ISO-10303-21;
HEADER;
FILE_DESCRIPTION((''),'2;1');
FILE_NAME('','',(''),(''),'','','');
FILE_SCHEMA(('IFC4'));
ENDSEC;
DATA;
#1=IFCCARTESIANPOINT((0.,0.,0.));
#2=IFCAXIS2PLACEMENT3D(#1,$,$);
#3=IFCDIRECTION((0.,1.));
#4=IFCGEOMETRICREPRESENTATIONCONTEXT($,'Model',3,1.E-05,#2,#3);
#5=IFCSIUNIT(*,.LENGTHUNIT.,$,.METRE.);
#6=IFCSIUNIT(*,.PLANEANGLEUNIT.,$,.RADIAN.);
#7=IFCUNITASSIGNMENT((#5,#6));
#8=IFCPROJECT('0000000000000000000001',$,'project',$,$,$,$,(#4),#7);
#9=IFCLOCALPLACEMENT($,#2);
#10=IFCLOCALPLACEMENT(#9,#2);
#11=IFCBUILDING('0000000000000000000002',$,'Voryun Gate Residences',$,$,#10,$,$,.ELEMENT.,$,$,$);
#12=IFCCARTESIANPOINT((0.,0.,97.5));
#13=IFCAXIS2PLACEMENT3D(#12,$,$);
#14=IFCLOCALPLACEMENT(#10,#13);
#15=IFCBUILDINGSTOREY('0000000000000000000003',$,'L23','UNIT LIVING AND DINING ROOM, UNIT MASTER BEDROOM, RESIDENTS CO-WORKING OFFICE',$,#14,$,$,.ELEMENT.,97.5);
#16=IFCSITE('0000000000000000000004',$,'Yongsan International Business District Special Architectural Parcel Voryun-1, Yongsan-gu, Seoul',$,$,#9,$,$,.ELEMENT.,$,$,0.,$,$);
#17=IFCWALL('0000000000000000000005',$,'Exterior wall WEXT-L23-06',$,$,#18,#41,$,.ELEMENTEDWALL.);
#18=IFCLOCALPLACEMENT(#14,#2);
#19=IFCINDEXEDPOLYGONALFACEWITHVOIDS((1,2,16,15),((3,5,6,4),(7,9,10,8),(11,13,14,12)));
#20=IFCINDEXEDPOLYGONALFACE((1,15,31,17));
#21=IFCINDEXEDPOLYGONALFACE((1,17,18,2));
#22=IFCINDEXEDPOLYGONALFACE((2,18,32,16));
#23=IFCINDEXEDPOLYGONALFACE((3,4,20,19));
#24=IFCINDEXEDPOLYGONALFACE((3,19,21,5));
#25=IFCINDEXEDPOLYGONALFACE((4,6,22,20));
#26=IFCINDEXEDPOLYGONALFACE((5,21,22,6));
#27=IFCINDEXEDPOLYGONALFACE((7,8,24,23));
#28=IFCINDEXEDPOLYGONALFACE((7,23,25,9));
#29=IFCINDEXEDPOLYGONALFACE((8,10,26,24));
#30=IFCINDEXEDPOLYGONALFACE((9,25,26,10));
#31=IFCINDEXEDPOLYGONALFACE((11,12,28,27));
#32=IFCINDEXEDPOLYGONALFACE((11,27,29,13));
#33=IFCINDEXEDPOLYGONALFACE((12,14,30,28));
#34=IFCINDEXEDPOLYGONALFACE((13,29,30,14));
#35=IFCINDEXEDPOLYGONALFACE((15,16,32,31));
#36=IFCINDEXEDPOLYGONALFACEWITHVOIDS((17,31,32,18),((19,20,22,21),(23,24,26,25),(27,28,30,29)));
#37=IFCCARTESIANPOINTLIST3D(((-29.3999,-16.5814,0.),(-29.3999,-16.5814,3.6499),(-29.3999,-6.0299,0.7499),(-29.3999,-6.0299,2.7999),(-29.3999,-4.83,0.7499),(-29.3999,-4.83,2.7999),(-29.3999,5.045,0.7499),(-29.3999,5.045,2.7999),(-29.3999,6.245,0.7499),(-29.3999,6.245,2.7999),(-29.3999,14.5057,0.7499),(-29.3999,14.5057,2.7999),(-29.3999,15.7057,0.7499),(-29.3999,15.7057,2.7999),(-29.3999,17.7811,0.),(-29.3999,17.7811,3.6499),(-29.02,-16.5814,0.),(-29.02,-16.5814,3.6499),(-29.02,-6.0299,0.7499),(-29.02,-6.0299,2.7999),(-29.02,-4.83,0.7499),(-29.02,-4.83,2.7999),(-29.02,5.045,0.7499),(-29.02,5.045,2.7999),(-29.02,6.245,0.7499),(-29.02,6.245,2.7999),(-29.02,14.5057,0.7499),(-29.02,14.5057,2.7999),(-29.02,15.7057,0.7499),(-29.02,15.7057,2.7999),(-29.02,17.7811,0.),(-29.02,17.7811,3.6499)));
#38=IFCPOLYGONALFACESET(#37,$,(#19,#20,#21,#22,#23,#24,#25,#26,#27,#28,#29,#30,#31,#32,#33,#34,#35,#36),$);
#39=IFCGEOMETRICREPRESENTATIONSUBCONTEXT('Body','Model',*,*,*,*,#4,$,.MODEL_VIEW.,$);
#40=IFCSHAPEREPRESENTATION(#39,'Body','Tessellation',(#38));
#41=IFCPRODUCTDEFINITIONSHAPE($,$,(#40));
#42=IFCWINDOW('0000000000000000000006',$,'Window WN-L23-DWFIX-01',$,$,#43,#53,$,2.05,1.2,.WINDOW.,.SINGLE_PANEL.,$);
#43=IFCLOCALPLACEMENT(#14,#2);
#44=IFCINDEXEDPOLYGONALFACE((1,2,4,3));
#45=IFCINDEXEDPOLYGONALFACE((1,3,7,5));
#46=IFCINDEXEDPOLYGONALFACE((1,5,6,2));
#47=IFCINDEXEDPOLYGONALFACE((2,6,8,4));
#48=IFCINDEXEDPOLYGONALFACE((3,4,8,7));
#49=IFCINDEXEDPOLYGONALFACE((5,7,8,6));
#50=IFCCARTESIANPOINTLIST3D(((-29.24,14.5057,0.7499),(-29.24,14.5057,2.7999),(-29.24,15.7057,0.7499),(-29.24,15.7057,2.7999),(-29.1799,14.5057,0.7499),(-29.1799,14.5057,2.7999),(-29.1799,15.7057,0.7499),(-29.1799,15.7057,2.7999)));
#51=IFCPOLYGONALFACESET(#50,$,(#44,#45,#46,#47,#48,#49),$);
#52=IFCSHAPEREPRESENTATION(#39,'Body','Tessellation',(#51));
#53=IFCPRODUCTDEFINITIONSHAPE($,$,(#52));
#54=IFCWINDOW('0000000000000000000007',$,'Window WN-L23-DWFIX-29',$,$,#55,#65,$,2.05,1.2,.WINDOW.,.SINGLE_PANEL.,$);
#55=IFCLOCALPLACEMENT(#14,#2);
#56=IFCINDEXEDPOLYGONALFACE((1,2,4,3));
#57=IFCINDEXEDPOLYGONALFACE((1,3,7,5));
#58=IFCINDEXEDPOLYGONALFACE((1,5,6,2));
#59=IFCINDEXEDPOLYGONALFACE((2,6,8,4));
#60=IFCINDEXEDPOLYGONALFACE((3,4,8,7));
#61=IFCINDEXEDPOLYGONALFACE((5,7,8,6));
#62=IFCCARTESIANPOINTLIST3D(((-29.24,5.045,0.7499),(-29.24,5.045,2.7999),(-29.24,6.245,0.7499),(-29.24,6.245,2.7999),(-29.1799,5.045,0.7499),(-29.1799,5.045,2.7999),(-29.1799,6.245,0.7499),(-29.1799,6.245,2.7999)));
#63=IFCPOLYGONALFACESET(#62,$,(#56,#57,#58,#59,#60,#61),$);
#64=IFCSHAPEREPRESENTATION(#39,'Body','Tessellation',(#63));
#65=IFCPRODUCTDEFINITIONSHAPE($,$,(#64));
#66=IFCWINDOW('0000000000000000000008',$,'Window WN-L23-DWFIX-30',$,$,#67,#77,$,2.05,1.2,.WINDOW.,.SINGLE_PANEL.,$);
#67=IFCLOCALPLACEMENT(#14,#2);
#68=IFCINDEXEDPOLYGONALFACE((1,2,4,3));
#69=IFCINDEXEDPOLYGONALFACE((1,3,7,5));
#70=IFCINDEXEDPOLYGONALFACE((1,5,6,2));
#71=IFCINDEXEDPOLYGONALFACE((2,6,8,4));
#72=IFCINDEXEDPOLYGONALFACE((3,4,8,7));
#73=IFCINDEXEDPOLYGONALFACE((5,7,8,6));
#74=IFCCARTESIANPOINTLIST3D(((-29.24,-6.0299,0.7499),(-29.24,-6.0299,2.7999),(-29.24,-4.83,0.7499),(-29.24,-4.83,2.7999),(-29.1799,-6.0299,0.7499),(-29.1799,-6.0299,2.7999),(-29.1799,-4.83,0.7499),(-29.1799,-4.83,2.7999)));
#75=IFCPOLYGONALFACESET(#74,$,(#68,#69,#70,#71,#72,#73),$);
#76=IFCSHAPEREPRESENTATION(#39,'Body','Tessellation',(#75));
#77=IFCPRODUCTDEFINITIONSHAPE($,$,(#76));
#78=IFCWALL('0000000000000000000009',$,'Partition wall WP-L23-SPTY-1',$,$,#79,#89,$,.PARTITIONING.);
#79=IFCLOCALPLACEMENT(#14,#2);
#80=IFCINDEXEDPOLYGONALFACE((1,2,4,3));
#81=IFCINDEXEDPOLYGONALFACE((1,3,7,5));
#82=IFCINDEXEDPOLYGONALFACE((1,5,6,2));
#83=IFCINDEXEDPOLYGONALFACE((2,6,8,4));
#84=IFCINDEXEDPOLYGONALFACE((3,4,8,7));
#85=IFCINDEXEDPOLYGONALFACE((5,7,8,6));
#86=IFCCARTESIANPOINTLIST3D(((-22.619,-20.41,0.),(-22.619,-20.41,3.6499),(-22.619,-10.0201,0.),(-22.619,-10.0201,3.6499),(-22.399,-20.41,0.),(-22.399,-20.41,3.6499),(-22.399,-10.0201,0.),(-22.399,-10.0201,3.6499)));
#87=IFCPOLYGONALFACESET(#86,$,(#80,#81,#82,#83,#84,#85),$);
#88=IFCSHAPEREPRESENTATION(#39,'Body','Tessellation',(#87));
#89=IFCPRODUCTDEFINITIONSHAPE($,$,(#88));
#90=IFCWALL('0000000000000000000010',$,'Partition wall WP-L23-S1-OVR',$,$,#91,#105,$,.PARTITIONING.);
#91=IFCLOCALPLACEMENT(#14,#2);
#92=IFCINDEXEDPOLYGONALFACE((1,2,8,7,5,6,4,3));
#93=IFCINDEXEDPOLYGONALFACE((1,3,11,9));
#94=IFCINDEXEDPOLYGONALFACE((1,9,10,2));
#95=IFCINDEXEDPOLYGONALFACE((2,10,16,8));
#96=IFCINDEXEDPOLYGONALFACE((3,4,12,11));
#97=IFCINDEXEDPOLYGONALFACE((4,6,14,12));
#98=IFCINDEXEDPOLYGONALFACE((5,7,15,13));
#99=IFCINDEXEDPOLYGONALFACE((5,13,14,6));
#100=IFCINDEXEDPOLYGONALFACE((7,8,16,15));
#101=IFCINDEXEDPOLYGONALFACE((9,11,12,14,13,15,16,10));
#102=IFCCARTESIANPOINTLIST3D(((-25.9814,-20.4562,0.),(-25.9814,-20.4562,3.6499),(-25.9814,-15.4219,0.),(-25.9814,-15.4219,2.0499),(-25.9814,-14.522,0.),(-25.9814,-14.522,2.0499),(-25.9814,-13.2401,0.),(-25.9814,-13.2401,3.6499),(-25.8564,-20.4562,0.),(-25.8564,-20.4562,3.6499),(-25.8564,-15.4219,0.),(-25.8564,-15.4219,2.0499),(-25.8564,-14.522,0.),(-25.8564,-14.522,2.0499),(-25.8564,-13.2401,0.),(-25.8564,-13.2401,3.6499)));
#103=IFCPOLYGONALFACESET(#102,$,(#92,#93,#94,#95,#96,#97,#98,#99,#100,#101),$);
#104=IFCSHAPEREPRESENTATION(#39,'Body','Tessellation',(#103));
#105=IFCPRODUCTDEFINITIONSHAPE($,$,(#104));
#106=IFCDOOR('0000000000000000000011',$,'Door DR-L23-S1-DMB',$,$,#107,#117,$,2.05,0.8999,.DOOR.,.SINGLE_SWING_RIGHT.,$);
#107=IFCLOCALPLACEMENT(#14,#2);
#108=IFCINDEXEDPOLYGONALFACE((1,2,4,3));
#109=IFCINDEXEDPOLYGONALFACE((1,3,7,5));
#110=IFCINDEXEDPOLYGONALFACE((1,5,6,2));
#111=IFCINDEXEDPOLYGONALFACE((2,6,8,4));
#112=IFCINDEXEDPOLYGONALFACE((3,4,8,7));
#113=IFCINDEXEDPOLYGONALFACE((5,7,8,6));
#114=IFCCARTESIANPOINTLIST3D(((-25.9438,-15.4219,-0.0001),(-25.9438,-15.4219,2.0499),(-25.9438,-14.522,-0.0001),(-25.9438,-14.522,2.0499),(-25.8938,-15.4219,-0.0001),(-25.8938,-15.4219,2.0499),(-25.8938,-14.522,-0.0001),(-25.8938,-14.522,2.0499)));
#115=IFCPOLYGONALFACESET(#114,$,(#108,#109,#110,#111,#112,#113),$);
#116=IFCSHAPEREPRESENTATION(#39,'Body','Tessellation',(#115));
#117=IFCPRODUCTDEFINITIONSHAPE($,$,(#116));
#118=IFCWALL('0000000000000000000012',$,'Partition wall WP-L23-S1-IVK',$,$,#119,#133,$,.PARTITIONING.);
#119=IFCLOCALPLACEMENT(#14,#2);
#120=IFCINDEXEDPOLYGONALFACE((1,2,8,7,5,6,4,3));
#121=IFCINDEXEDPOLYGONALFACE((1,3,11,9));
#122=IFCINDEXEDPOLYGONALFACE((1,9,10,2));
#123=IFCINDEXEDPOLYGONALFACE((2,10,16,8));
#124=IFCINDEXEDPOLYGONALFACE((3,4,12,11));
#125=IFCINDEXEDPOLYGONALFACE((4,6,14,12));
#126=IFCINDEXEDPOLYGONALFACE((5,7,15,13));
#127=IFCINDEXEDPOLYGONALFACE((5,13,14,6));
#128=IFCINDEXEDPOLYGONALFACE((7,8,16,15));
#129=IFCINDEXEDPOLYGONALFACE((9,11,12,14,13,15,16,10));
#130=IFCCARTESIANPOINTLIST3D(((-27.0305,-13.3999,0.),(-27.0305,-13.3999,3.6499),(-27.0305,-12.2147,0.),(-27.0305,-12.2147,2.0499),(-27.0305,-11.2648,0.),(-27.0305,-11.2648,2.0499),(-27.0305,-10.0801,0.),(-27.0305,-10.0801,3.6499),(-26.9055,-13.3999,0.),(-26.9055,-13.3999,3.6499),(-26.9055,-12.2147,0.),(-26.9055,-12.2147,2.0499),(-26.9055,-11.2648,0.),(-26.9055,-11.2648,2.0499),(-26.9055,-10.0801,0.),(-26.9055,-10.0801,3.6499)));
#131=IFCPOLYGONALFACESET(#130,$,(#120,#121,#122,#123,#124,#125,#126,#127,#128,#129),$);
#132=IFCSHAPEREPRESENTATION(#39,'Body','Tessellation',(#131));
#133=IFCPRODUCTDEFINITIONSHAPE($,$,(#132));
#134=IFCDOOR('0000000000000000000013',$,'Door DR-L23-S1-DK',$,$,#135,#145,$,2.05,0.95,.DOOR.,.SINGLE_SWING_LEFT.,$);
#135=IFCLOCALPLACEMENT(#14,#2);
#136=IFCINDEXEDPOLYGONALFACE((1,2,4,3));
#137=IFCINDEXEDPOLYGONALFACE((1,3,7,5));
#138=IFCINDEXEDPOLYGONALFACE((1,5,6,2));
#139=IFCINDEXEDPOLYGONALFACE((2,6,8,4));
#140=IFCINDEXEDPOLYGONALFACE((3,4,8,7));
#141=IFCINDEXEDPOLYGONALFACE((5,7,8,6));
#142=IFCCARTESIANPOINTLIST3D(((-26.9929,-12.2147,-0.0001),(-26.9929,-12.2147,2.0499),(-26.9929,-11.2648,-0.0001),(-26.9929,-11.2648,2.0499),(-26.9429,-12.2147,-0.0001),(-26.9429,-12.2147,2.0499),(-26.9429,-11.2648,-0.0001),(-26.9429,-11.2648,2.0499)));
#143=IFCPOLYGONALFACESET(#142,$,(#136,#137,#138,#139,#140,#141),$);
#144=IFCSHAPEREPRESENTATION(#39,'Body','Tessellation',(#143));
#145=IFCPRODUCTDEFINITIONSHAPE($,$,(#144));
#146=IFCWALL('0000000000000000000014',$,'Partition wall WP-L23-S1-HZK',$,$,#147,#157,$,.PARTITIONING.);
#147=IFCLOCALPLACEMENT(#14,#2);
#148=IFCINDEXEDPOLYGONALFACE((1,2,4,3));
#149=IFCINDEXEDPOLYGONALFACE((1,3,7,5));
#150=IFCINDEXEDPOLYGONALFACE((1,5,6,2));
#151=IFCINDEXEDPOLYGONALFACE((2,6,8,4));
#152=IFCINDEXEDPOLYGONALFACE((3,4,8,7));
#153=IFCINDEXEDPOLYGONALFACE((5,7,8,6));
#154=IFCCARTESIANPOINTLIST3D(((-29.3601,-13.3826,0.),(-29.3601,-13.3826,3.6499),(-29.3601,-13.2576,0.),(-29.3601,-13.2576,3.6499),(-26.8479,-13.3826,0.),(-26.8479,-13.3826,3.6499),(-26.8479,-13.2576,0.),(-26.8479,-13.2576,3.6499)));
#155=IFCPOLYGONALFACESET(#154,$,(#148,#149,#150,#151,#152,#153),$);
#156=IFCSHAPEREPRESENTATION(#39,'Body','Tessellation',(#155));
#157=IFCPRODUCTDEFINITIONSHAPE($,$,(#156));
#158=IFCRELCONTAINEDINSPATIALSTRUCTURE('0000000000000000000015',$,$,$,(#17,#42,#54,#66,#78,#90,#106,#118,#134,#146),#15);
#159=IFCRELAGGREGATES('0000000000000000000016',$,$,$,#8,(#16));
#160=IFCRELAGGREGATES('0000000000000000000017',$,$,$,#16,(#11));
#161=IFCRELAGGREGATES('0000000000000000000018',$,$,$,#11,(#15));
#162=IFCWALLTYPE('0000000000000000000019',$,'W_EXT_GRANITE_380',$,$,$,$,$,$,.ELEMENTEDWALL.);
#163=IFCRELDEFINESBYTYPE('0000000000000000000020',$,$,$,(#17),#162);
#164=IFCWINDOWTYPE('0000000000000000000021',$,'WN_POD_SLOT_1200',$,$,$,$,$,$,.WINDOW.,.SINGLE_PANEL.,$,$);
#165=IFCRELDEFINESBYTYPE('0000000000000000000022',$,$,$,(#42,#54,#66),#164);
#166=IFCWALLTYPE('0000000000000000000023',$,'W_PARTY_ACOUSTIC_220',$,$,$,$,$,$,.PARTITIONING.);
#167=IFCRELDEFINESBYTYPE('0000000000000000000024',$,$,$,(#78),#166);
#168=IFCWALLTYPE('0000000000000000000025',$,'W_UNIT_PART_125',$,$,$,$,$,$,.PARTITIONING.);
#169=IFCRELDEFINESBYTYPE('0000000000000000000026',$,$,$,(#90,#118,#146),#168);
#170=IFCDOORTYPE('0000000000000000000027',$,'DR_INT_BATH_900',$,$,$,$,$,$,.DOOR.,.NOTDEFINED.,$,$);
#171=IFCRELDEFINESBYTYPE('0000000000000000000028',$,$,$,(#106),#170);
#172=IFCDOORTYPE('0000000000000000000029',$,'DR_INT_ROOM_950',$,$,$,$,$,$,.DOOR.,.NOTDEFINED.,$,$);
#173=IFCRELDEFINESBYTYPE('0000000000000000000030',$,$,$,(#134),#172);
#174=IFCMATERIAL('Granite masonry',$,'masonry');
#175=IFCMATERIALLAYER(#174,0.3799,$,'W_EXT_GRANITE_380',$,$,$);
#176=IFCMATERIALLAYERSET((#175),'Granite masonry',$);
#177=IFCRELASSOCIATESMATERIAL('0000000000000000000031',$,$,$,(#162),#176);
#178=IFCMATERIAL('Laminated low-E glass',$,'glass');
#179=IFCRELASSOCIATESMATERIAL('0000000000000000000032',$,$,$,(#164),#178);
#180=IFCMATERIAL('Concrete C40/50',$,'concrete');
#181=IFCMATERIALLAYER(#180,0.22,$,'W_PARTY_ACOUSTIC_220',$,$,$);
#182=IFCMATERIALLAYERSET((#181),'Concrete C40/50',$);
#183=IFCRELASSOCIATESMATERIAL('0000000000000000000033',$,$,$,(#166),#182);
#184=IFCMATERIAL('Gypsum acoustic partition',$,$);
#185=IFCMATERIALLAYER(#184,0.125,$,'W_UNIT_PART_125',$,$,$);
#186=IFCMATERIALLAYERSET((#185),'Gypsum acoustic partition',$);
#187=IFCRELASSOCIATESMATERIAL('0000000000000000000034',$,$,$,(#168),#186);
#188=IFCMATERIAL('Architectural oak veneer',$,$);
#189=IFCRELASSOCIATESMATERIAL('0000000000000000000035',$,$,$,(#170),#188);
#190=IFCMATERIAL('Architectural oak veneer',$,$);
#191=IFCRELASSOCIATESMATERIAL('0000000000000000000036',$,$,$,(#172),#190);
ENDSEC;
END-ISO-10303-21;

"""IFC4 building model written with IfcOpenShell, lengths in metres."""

from ifc_helpers import new_model, si_unit, direction, frame, frame_2d, origin, place, context, subcontext, project, spatial, rectangle, extrude, material, layer, layer_set, type_object, element, fill, save


model = new_model("IFC4")

# Units and contexts
model_context = context("Model", 3, precision=1e-05, world=origin(), true_north=direction((0.0, 1.0)))
body_context = subcontext(model_context, "Body", "Model", "MODEL_VIEW")
ifc_project = project(units=[si_unit("LENGTHUNIT", "METRE"), si_unit("PLANEANGLEUNIT", "RADIAN")], contexts=[model_context])

# Site, building, storey
site_placement = place(None, origin())
site = spatial("IfcSite", under=ifc_project, at=site_placement, Name="Yongsan International Business District Special Architectural Parcel Voryun-1, Yongsan-gu, Seoul", CompositionType="ELEMENT", RefElevation=0.0)
building_placement = place(site_placement, origin())
building = spatial("IfcBuilding", under=site, at=building_placement, Name="Voryun Gate Residences", CompositionType="ELEMENT")
storey_placement = place(building_placement, frame((0.0, 0.0, 97.5)))
storey = spatial("IfcBuildingStorey", under=building, at=storey_placement, Name="L23", Description="UNIT LIVING AND DINING ROOM, UNIT MASTER BEDROOM, RESIDENTS CO-WORKING OFFICE", CompositionType="ELEMENT", Elevation=97.5)

# Shared definitions
ifc_material_1 = material(Name="Granite masonry", Category="masonry")
ifc_layer_1 = layer(ifc_material_1, 0.3799, Name="W_EXT_GRANITE_380")
ifc_layer_set_1 = layer_set([ifc_layer_1], Name="Granite masonry")
wall_type_1 = type_object("IfcWallType", Name="W_EXT_GRANITE_380", PredefinedType="ELEMENTEDWALL", material=ifc_layer_set_1)

# Shared definitions
ifc_material_2 = material(Name="Laminated low-E glass", Category="glass")
window_type = type_object("IfcWindowType", Name="WN_POD_SLOT_1200", PartitioningType="SINGLE_PANEL", PredefinedType="WINDOW", material=ifc_material_2)

# Wall, openings, windows
wall_1_placement = place(storey_placement, frame((-29.21, -16.5813, 0.0), z_axis=(0.0, 0.0, 1.0), x_axis=(0.0, 1.0, 0.0)))
wall_1 = element("IfcWall", 1, at=wall_1_placement, inside=storey, type_object=wall_type_1, Name="Exterior wall WEXT-L23-06", PredefinedType="ELEMENTEDWALL", context=body_context, shape_type="SweptSolid", body=[
    extrude(rectangle(XDim=34.3625, YDim=0.3799, at=frame_2d((17.1812, 0.0))), origin(), (0.0, 0.0, 1.0), 3.6499),
])
opening_1_placement = place(wall_1_placement, frame((31.0869, 0.0, 0.75)))
opening_1 = element("IfcOpeningElement", 2, at=opening_1_placement, cuts=wall_1, PredefinedType="OPENING", context=body_context, shape_type="SweptSolid", body=[
    extrude(rectangle(XDim=1.2, YDim=2.05, at=frame_2d((0.6001, 1.0249))), frame((0.0, 0.2, 0.0), z_axis=(0.0, -1.0, 0.0), x_axis=(1.0, 0.0, 0.0)), (0.0, 0.0, 1.0), 0.3999),
])
opening_2_placement = place(wall_1_placement, frame((21.6262, 0.0, 0.75)))
opening_2 = element("IfcOpeningElement", 3, at=opening_2_placement, cuts=wall_1, PredefinedType="OPENING", context=body_context, shape_type="SweptSolid", body=[
    extrude(rectangle(XDim=1.2, YDim=2.05, at=frame_2d((0.6001, 1.0249))), frame((0.0, 0.2, 0.0), z_axis=(0.0, -1.0, 0.0), x_axis=(1.0, 0.0, 0.0)), (0.0, 0.0, 1.0), 0.3999),
])
opening_3_placement = place(wall_1_placement, frame((10.5513, 0.0, 0.75)))
opening_3 = element("IfcOpeningElement", 4, at=opening_3_placement, cuts=wall_1, PredefinedType="OPENING", context=body_context, shape_type="SweptSolid", body=[
    extrude(rectangle(XDim=1.2, YDim=2.05, at=frame_2d((0.6001, 1.0249))), frame((0.0, 0.2, 0.0), z_axis=(0.0, -1.0, 0.0), x_axis=(1.0, 0.0, 0.0)), (0.0, 0.0, 1.0), 0.3999),
])
window_1_placement = place(opening_1_placement, origin())
window_1 = element("IfcWindow", 5, at=window_1_placement, inside=storey, type_object=window_type, Name="Window WN-L23-DWFIX-01", OverallHeight=2.05, OverallWidth=1.2, PartitioningType="SINGLE_PANEL", PredefinedType="WINDOW", context=body_context, shape_type="SweptSolid", body=[
    extrude(rectangle(XDim=1.2, YDim=2.05, at=frame_2d((0.6001, 1.0249))), frame((0.0, 0.03, 0.0), z_axis=(0.0, -1.0, 0.0), x_axis=(1.0, 0.0, 0.0)), (0.0, 0.0, 1.0), 0.0601),
])
fill(opening_1, window_1)
window_2_placement = place(opening_2_placement, origin())
window_2 = element("IfcWindow", 6, at=window_2_placement, inside=storey, type_object=window_type, Name="Window WN-L23-DWFIX-29", OverallHeight=2.05, OverallWidth=1.2, PartitioningType="SINGLE_PANEL", PredefinedType="WINDOW", context=body_context, shape_type="SweptSolid", body=[
    extrude(rectangle(XDim=1.2, YDim=2.05, at=frame_2d((0.6001, 1.0249))), frame((0.0, 0.03, 0.0), z_axis=(0.0, -1.0, 0.0), x_axis=(1.0, 0.0, 0.0)), (0.0, 0.0, 1.0), 0.0601),
])
fill(opening_2, window_2)
window_3_placement = place(opening_3_placement, origin())
window_3 = element("IfcWindow", 7, at=window_3_placement, inside=storey, type_object=window_type, Name="Window WN-L23-DWFIX-30", OverallHeight=2.05, OverallWidth=1.2, PartitioningType="SINGLE_PANEL", PredefinedType="WINDOW", context=body_context, shape_type="SweptSolid", body=[
    extrude(rectangle(XDim=1.2, YDim=2.05, at=frame_2d((0.6001, 1.0249))), frame((0.0, 0.03, 0.0), z_axis=(0.0, -1.0, 0.0), x_axis=(1.0, 0.0, 0.0)), (0.0, 0.0, 1.0), 0.0601),
])
fill(opening_3, window_3)

# Wall
ifc_material_3 = material(Name="Concrete C40/50", Category="concrete")
ifc_layer_2 = layer(ifc_material_3, 0.22, Name="W_PARTY_ACOUSTIC_220")
ifc_layer_set_2 = layer_set([ifc_layer_2], Name="Concrete C40/50")
wall_type_2 = type_object("IfcWallType", Name="W_PARTY_ACOUSTIC_220", PredefinedType="PARTITIONING", material=ifc_layer_set_2)
wall_2_placement = place(storey_placement, frame((-22.509, -20.4099, 0.0), z_axis=(0.0, 0.0, 1.0), x_axis=(0.0, 1.0, 0.0)))
element("IfcWall", 8, at=wall_2_placement, inside=storey, type_object=wall_type_2, Name="Partition wall WP-L23-SPTY-1", PredefinedType="PARTITIONING", context=body_context, shape_type="SweptSolid", body=[
    extrude(rectangle(XDim=10.3899, YDim=0.22, at=frame_2d((5.1948, 0.0))), origin(), (0.0, 0.0, 1.0), 3.6499),
])

# Walls, openings, doors
ifc_material_4 = material(Name="Gypsum acoustic partition")
ifc_layer_3 = layer(ifc_material_4, 0.125, Name="W_UNIT_PART_125")
ifc_layer_set_3 = layer_set([ifc_layer_3], Name="Gypsum acoustic partition")
wall_type_3 = type_object("IfcWallType", Name="W_UNIT_PART_125", PredefinedType="PARTITIONING", material=ifc_layer_set_3)
wall_3_placement = place(storey_placement, frame((-25.9189, -20.4561, 0.0), z_axis=(0.0, 0.0, 1.0), x_axis=(0.0, 1.0, 0.0)))
wall_3 = element("IfcWall", 9, at=wall_3_placement, inside=storey, type_object=wall_type_3, Name="Partition wall WP-L23-S1-OVR", PredefinedType="PARTITIONING", context=body_context, shape_type="SweptSolid", body=[
    extrude(rectangle(XDim=7.2161, YDim=0.125, at=frame_2d((3.6079, 0.0))), origin(), (0.0, 0.0, 1.0), 3.6499),
])
opening_4_placement = place(wall_3_placement, frame((5.0342, 0.0, 0.0)))
opening_4 = element("IfcOpeningElement", 10, at=opening_4_placement, cuts=wall_3, PredefinedType="OPENING", context=body_context, shape_type="SweptSolid", body=[
    extrude(rectangle(XDim=0.8999, YDim=2.05, at=frame_2d((0.45, 1.0249))), frame((0.0, 0.0725, 0.0), z_axis=(0.0, -1.0, 0.0), x_axis=(1.0, 0.0, 0.0)), (0.0, 0.0, 1.0), 0.145),
])
ifc_material_5 = material(Name="Architectural oak veneer")
door_type_1 = type_object("IfcDoorType", Name="DR_INT_BATH_900", OperationType="NOTDEFINED", PredefinedType="DOOR", material=ifc_material_5)
door_1_placement = place(opening_4_placement, origin())
door_1 = element("IfcDoor", 11, at=door_1_placement, inside=storey, type_object=door_type_1, Name="Door DR-L23-S1-DMB", OperationType="SINGLE_SWING_RIGHT", OverallHeight=2.05, OverallWidth=0.8999, PredefinedType="DOOR", context=body_context, shape_type="SweptSolid", body=[
    extrude(rectangle(XDim=0.8999, YDim=2.05, at=frame_2d((0.45, 1.0249))), frame((0.0, 0.0249, 0.0), z_axis=(0.0, -1.0, 0.0), x_axis=(1.0, 0.0, 0.0)), (0.0, 0.0, 1.0), 0.05),
])
fill(opening_4, door_1)
wall_4_placement = place(storey_placement, frame((-26.968, -13.3999, 0.0), z_axis=(0.0, 0.0, 1.0), x_axis=(0.0, 1.0, 0.0)))
wall_4 = element("IfcWall", 12, at=wall_4_placement, inside=storey, type_object=wall_type_3, Name="Partition wall WP-L23-S1-IVK", PredefinedType="PARTITIONING", context=body_context, shape_type="SweptSolid", body=[
    extrude(rectangle(XDim=3.3198, YDim=0.125, at=frame_2d((1.6599, 0.0))), origin(), (0.0, 0.0, 1.0), 3.6499),
])
opening_5_placement = place(wall_4_placement, frame((1.1851, 0.0, 0.0)))
opening_5 = element("IfcOpeningElement", 13, at=opening_5_placement, cuts=wall_4, PredefinedType="OPENING", context=body_context, shape_type="SweptSolid", body=[
    extrude(rectangle(XDim=0.95, YDim=2.05, at=frame_2d((0.4751, 1.0249))), frame((0.0, 0.0725, 0.0), z_axis=(0.0, -1.0, 0.0), x_axis=(1.0, 0.0, 0.0)), (0.0, 0.0, 1.0), 0.145),
])
ifc_material_6 = material(Name="Architectural oak veneer")
door_type_2 = type_object("IfcDoorType", Name="DR_INT_ROOM_950", OperationType="NOTDEFINED", PredefinedType="DOOR", material=ifc_material_6)
door_2_placement = place(opening_5_placement, origin())
door_2 = element("IfcDoor", 14, at=door_2_placement, inside=storey, type_object=door_type_2, Name="Door DR-L23-S1-DK", OperationType="SINGLE_SWING_LEFT", OverallHeight=2.05, OverallWidth=0.95, PredefinedType="DOOR", context=body_context, shape_type="SweptSolid", body=[
    extrude(rectangle(XDim=0.95, YDim=2.05, at=frame_2d((0.4751, 1.0249))), frame((0.0, 0.0249, 0.0), z_axis=(0.0, -1.0, 0.0), x_axis=(1.0, 0.0, 0.0)), (0.0, 0.0, 1.0), 0.05),
])
fill(opening_5, door_2)

# Wall
wall_5_placement = place(storey_placement, frame((-29.3601, -13.3201, 0.0), z_axis=(0.0, 0.0, 1.0), x_axis=(1.0, 0.0, 0.0)))
element("IfcWall", 15, at=wall_5_placement, inside=storey, type_object=wall_type_3, Name="Partition wall WP-L23-S1-HZK", PredefinedType="PARTITIONING", context=body_context, shape_type="SweptSolid", body=[
    extrude(rectangle(XDim=2.5122, YDim=0.125, at=frame_2d((1.2561, 0.0))), origin(), (0.0, 0.0, 1.0), 3.6499),
])

save(model, "model.ifc")
